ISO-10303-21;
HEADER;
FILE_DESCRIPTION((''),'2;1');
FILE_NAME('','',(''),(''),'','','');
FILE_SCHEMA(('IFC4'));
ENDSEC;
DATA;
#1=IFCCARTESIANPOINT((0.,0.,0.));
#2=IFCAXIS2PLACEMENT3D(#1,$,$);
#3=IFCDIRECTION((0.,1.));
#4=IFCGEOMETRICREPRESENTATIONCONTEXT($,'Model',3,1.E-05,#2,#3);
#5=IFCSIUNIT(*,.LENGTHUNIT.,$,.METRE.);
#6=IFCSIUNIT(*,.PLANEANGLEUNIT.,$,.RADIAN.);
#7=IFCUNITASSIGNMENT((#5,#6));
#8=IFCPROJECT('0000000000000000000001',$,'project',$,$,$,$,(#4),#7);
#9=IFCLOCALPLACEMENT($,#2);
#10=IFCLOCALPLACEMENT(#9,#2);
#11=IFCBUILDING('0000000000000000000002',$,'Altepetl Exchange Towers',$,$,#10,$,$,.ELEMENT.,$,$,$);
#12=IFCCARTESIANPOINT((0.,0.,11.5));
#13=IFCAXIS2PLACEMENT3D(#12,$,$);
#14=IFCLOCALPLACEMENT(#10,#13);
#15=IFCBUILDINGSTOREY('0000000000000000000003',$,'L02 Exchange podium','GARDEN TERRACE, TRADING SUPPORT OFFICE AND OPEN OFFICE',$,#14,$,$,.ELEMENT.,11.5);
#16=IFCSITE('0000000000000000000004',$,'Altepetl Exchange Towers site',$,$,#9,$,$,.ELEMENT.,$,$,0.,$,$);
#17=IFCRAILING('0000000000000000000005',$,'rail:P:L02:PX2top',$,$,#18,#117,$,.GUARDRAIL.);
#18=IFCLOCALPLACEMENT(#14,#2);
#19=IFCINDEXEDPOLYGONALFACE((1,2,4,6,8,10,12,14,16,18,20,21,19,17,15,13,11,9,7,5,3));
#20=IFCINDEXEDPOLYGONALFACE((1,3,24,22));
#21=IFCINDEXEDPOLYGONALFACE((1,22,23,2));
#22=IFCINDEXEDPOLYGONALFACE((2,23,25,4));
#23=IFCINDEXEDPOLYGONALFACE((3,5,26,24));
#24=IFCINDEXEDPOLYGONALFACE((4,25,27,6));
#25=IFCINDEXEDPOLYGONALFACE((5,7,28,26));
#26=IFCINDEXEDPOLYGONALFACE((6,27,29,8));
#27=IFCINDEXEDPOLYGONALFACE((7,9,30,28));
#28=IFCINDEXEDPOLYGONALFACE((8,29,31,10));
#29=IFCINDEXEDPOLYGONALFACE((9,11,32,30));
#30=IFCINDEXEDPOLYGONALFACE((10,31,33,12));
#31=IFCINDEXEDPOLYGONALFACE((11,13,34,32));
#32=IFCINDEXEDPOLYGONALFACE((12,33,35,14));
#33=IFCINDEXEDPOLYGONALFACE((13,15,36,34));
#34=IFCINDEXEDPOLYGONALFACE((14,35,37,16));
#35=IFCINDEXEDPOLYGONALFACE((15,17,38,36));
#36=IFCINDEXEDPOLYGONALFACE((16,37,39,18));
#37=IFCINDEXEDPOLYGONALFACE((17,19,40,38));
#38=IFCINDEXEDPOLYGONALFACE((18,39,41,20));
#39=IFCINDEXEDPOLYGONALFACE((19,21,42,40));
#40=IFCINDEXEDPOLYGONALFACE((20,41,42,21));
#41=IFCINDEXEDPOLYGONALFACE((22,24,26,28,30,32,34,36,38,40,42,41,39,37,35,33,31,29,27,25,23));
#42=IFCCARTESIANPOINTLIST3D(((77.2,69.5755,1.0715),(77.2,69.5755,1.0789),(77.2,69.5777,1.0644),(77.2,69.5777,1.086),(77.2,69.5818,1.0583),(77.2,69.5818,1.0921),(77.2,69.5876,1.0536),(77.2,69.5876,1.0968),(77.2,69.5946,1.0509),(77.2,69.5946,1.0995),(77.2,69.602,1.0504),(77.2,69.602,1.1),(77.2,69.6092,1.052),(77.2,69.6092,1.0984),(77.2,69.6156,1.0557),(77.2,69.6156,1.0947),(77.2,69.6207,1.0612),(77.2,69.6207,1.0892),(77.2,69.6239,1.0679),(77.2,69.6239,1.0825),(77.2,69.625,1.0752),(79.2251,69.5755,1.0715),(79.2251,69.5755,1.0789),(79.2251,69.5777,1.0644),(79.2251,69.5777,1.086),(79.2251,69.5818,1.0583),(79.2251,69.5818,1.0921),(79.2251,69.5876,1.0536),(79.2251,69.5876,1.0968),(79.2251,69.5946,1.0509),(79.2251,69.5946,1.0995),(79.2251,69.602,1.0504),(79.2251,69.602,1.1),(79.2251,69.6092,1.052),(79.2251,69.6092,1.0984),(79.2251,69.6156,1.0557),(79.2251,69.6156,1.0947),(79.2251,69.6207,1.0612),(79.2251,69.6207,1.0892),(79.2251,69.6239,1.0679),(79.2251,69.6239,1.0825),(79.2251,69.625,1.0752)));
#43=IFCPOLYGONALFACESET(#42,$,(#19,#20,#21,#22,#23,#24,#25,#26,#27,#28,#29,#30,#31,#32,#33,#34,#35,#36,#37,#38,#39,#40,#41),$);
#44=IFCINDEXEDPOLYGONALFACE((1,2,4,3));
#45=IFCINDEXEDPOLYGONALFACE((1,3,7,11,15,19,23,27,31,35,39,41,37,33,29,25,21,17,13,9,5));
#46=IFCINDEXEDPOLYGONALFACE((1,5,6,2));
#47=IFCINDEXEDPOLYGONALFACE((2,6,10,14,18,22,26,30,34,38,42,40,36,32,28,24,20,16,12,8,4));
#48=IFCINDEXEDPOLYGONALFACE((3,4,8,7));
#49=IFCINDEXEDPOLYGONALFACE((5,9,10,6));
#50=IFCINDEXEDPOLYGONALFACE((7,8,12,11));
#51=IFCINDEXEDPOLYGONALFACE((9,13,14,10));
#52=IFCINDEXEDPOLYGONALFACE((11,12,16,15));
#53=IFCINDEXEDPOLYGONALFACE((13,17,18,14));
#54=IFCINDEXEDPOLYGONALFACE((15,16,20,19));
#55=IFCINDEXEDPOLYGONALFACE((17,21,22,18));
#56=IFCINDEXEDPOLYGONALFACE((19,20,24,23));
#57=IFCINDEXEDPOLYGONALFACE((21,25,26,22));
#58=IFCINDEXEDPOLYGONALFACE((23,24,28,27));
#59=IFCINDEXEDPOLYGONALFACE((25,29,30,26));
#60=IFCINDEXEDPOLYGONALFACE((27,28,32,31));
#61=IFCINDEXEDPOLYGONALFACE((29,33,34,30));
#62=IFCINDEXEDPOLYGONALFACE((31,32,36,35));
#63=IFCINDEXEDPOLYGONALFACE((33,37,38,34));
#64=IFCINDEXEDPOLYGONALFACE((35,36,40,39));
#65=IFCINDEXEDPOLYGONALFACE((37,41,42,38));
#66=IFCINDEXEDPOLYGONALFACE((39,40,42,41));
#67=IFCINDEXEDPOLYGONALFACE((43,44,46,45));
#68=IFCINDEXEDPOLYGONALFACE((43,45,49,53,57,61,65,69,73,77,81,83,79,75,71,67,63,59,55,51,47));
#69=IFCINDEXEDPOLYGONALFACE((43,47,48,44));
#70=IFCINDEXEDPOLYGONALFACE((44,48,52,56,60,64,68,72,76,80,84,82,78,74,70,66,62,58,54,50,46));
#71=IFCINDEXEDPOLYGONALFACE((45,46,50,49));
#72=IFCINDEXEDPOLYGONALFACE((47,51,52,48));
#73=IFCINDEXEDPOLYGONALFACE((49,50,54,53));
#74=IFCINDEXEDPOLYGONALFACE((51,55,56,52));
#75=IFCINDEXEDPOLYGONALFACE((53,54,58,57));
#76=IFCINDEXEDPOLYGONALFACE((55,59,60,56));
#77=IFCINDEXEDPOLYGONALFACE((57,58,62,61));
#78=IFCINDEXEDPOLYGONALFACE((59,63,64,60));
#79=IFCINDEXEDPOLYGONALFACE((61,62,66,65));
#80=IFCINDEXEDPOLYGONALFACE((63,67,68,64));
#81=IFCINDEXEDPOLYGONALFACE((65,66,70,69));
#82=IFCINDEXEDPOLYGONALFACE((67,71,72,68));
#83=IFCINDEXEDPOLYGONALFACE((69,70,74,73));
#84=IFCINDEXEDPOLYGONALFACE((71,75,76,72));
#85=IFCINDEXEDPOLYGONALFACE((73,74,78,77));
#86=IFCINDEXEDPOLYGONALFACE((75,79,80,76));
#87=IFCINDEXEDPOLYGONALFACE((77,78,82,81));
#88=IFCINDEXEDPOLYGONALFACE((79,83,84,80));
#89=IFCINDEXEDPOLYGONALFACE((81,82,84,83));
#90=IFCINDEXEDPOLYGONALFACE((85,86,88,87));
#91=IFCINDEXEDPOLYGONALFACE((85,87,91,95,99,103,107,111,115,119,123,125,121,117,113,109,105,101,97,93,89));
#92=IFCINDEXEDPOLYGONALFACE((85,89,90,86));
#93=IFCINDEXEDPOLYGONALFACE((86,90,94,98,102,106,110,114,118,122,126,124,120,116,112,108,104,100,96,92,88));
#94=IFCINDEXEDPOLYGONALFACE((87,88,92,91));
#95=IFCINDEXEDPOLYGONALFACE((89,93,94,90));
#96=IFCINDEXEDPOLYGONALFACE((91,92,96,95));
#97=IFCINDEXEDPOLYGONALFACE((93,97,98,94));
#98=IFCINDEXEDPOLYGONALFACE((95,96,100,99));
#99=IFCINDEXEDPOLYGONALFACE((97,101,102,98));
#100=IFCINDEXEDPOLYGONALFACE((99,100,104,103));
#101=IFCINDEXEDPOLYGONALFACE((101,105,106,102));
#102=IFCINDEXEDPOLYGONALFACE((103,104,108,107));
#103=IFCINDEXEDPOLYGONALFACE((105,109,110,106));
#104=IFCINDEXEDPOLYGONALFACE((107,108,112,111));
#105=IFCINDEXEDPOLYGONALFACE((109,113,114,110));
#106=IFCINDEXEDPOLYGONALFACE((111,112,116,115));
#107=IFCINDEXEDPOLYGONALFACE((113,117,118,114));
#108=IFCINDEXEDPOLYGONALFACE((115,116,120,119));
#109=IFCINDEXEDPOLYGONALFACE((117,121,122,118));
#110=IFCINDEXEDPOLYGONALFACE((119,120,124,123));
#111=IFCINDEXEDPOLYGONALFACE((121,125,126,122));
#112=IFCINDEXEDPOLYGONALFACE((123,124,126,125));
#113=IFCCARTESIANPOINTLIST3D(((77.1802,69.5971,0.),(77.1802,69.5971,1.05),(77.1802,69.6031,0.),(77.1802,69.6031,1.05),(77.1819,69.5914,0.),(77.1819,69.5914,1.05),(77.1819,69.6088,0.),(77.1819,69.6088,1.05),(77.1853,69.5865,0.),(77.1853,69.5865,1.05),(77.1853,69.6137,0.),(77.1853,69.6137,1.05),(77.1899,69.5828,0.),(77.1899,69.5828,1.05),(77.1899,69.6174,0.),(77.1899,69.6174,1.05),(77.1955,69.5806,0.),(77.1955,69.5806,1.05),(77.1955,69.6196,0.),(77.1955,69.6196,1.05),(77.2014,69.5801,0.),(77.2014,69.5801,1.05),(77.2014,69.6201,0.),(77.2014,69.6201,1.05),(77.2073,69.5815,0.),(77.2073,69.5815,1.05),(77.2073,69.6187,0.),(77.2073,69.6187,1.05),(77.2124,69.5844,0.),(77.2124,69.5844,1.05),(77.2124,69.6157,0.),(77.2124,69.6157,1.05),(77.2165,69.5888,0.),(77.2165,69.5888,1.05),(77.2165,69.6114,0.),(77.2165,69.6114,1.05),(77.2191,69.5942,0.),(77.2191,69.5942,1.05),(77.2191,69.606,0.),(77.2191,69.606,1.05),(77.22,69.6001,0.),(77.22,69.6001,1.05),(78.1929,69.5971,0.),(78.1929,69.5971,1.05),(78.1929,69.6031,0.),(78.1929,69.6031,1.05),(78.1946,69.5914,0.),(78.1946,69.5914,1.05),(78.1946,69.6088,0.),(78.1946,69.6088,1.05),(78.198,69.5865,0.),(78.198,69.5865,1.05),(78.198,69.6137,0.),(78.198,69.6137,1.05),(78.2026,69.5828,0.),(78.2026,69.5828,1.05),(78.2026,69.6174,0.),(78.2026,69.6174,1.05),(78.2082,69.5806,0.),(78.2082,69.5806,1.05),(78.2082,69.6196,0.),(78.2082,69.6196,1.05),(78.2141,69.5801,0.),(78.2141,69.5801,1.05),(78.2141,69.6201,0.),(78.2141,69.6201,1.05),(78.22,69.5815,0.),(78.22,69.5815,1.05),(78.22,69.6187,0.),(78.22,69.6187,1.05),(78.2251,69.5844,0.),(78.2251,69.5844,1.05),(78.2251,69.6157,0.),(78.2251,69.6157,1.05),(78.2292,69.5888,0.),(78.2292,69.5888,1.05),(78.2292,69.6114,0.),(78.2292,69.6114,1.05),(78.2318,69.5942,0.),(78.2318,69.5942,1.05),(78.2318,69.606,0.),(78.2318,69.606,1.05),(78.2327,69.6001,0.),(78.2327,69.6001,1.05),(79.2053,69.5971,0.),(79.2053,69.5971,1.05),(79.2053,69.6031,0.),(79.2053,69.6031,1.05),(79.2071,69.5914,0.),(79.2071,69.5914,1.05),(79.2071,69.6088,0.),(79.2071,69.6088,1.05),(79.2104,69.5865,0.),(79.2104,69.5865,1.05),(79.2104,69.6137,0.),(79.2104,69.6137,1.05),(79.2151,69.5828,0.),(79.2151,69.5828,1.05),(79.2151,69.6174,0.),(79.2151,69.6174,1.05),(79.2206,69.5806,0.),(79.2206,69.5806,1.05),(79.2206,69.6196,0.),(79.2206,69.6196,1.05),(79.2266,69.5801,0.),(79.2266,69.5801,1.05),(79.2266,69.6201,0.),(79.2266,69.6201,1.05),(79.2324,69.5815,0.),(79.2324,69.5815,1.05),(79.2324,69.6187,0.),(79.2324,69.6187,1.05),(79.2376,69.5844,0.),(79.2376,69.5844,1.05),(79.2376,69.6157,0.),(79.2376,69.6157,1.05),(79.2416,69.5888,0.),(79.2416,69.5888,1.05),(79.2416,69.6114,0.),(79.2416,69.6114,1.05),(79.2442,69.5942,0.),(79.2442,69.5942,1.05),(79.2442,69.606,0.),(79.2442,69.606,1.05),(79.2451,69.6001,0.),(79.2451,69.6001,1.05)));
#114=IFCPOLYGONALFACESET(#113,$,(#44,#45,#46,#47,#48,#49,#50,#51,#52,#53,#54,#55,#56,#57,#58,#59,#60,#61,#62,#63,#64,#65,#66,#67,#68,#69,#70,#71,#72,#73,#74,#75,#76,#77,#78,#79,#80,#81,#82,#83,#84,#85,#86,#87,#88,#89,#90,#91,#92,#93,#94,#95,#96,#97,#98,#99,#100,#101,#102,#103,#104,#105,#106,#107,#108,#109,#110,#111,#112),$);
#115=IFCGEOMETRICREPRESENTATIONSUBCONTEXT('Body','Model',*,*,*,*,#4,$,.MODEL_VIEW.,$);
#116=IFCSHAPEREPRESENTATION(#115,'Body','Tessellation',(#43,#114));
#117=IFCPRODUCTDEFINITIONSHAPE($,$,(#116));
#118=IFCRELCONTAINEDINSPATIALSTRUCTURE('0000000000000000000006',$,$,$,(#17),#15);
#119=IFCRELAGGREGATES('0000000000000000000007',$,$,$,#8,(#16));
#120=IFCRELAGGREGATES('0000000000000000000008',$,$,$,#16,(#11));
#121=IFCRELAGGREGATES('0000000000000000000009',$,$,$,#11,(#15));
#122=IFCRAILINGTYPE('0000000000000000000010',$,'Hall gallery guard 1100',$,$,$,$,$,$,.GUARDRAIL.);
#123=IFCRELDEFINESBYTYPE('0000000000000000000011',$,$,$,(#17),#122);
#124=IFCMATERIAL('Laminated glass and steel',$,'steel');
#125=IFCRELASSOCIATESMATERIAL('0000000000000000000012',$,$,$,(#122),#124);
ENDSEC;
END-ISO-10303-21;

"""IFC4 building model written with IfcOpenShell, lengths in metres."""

from ifc_helpers import new_model, si_unit, direction, frame, origin, origin_2d, place, context, subcontext, project, spatial, circle, extrude, source, transform, mapped, material, type_object, element, save


model = new_model("IFC4")

# Units and contexts
model_context = context("Model", 3, precision=1e-05, world=origin(), true_north=direction((0.0, 1.0)))
body_context = subcontext(model_context, "Body", "Model", "MODEL_VIEW")
ifc_project = project(units=[si_unit("LENGTHUNIT", "METRE"), si_unit("PLANEANGLEUNIT", "RADIAN")], contexts=[model_context])

# Site, building, storey
site_placement = place(None, origin())
site = spatial("IfcSite", under=ifc_project, at=site_placement, Name="Altepetl Exchange Towers site", CompositionType="ELEMENT", RefElevation=0.0)
building_placement = place(site_placement, origin())
building = spatial("IfcBuilding", under=site, at=building_placement, Name="Altepetl Exchange Towers", CompositionType="ELEMENT")
storey_placement = place(building_placement, frame((0.0, 0.0, 11.5)))
storey = spatial("IfcBuildingStorey", under=building, at=storey_placement, Name="L02 Exchange podium", Description="GARDEN TERRACE, TRADING SUPPORT OFFICE AND OPEN OFFICE", CompositionType="ELEMENT", Elevation=11.5)

# Railing
ifc_material_1 = material(Name="Laminated glass and steel", Category="steel")
railing_type_1 = type_object("IfcRailingType", Name="Hall gallery guard 1100", PredefinedType="GUARDRAIL", material=ifc_material_1)
shared_shape_1 = source(origin(), body_context, "Body", "SweptSolid", [
    extrude(circle(Radius=0.02, at=origin_2d()), origin(), (0.0, 0.0, 1.0), 1.05),
])
railing_1_placement = place(storey_placement, frame((77.2, 69.6001, 0.0)))
element("IfcRailing", 1, at=railing_1_placement, inside=storey, type_object=railing_type_1, Name="rail:P:L02:PX2top", PredefinedType="GUARDRAIL", context=body_context, shape_type="SweptSolid", body=[
    extrude(circle(Radius=0.0249, at=origin_2d()), frame((0.0, 0.0, 1.0752), z_axis=(1.0, 0.0, 0.0), x_axis=(0.0, 1.0, 0.0)), (0.0, 0.0, 1.0), 2.0251),
    mapped(shared_shape_1, transform((0.0, 0.0, 0.0))),
    mapped(shared_shape_1, transform((1.0127, 0.0, 0.0))),
    mapped(shared_shape_1, transform((2.0251, 0.0, 0.0))),
])

save(model, "model.ifc")
